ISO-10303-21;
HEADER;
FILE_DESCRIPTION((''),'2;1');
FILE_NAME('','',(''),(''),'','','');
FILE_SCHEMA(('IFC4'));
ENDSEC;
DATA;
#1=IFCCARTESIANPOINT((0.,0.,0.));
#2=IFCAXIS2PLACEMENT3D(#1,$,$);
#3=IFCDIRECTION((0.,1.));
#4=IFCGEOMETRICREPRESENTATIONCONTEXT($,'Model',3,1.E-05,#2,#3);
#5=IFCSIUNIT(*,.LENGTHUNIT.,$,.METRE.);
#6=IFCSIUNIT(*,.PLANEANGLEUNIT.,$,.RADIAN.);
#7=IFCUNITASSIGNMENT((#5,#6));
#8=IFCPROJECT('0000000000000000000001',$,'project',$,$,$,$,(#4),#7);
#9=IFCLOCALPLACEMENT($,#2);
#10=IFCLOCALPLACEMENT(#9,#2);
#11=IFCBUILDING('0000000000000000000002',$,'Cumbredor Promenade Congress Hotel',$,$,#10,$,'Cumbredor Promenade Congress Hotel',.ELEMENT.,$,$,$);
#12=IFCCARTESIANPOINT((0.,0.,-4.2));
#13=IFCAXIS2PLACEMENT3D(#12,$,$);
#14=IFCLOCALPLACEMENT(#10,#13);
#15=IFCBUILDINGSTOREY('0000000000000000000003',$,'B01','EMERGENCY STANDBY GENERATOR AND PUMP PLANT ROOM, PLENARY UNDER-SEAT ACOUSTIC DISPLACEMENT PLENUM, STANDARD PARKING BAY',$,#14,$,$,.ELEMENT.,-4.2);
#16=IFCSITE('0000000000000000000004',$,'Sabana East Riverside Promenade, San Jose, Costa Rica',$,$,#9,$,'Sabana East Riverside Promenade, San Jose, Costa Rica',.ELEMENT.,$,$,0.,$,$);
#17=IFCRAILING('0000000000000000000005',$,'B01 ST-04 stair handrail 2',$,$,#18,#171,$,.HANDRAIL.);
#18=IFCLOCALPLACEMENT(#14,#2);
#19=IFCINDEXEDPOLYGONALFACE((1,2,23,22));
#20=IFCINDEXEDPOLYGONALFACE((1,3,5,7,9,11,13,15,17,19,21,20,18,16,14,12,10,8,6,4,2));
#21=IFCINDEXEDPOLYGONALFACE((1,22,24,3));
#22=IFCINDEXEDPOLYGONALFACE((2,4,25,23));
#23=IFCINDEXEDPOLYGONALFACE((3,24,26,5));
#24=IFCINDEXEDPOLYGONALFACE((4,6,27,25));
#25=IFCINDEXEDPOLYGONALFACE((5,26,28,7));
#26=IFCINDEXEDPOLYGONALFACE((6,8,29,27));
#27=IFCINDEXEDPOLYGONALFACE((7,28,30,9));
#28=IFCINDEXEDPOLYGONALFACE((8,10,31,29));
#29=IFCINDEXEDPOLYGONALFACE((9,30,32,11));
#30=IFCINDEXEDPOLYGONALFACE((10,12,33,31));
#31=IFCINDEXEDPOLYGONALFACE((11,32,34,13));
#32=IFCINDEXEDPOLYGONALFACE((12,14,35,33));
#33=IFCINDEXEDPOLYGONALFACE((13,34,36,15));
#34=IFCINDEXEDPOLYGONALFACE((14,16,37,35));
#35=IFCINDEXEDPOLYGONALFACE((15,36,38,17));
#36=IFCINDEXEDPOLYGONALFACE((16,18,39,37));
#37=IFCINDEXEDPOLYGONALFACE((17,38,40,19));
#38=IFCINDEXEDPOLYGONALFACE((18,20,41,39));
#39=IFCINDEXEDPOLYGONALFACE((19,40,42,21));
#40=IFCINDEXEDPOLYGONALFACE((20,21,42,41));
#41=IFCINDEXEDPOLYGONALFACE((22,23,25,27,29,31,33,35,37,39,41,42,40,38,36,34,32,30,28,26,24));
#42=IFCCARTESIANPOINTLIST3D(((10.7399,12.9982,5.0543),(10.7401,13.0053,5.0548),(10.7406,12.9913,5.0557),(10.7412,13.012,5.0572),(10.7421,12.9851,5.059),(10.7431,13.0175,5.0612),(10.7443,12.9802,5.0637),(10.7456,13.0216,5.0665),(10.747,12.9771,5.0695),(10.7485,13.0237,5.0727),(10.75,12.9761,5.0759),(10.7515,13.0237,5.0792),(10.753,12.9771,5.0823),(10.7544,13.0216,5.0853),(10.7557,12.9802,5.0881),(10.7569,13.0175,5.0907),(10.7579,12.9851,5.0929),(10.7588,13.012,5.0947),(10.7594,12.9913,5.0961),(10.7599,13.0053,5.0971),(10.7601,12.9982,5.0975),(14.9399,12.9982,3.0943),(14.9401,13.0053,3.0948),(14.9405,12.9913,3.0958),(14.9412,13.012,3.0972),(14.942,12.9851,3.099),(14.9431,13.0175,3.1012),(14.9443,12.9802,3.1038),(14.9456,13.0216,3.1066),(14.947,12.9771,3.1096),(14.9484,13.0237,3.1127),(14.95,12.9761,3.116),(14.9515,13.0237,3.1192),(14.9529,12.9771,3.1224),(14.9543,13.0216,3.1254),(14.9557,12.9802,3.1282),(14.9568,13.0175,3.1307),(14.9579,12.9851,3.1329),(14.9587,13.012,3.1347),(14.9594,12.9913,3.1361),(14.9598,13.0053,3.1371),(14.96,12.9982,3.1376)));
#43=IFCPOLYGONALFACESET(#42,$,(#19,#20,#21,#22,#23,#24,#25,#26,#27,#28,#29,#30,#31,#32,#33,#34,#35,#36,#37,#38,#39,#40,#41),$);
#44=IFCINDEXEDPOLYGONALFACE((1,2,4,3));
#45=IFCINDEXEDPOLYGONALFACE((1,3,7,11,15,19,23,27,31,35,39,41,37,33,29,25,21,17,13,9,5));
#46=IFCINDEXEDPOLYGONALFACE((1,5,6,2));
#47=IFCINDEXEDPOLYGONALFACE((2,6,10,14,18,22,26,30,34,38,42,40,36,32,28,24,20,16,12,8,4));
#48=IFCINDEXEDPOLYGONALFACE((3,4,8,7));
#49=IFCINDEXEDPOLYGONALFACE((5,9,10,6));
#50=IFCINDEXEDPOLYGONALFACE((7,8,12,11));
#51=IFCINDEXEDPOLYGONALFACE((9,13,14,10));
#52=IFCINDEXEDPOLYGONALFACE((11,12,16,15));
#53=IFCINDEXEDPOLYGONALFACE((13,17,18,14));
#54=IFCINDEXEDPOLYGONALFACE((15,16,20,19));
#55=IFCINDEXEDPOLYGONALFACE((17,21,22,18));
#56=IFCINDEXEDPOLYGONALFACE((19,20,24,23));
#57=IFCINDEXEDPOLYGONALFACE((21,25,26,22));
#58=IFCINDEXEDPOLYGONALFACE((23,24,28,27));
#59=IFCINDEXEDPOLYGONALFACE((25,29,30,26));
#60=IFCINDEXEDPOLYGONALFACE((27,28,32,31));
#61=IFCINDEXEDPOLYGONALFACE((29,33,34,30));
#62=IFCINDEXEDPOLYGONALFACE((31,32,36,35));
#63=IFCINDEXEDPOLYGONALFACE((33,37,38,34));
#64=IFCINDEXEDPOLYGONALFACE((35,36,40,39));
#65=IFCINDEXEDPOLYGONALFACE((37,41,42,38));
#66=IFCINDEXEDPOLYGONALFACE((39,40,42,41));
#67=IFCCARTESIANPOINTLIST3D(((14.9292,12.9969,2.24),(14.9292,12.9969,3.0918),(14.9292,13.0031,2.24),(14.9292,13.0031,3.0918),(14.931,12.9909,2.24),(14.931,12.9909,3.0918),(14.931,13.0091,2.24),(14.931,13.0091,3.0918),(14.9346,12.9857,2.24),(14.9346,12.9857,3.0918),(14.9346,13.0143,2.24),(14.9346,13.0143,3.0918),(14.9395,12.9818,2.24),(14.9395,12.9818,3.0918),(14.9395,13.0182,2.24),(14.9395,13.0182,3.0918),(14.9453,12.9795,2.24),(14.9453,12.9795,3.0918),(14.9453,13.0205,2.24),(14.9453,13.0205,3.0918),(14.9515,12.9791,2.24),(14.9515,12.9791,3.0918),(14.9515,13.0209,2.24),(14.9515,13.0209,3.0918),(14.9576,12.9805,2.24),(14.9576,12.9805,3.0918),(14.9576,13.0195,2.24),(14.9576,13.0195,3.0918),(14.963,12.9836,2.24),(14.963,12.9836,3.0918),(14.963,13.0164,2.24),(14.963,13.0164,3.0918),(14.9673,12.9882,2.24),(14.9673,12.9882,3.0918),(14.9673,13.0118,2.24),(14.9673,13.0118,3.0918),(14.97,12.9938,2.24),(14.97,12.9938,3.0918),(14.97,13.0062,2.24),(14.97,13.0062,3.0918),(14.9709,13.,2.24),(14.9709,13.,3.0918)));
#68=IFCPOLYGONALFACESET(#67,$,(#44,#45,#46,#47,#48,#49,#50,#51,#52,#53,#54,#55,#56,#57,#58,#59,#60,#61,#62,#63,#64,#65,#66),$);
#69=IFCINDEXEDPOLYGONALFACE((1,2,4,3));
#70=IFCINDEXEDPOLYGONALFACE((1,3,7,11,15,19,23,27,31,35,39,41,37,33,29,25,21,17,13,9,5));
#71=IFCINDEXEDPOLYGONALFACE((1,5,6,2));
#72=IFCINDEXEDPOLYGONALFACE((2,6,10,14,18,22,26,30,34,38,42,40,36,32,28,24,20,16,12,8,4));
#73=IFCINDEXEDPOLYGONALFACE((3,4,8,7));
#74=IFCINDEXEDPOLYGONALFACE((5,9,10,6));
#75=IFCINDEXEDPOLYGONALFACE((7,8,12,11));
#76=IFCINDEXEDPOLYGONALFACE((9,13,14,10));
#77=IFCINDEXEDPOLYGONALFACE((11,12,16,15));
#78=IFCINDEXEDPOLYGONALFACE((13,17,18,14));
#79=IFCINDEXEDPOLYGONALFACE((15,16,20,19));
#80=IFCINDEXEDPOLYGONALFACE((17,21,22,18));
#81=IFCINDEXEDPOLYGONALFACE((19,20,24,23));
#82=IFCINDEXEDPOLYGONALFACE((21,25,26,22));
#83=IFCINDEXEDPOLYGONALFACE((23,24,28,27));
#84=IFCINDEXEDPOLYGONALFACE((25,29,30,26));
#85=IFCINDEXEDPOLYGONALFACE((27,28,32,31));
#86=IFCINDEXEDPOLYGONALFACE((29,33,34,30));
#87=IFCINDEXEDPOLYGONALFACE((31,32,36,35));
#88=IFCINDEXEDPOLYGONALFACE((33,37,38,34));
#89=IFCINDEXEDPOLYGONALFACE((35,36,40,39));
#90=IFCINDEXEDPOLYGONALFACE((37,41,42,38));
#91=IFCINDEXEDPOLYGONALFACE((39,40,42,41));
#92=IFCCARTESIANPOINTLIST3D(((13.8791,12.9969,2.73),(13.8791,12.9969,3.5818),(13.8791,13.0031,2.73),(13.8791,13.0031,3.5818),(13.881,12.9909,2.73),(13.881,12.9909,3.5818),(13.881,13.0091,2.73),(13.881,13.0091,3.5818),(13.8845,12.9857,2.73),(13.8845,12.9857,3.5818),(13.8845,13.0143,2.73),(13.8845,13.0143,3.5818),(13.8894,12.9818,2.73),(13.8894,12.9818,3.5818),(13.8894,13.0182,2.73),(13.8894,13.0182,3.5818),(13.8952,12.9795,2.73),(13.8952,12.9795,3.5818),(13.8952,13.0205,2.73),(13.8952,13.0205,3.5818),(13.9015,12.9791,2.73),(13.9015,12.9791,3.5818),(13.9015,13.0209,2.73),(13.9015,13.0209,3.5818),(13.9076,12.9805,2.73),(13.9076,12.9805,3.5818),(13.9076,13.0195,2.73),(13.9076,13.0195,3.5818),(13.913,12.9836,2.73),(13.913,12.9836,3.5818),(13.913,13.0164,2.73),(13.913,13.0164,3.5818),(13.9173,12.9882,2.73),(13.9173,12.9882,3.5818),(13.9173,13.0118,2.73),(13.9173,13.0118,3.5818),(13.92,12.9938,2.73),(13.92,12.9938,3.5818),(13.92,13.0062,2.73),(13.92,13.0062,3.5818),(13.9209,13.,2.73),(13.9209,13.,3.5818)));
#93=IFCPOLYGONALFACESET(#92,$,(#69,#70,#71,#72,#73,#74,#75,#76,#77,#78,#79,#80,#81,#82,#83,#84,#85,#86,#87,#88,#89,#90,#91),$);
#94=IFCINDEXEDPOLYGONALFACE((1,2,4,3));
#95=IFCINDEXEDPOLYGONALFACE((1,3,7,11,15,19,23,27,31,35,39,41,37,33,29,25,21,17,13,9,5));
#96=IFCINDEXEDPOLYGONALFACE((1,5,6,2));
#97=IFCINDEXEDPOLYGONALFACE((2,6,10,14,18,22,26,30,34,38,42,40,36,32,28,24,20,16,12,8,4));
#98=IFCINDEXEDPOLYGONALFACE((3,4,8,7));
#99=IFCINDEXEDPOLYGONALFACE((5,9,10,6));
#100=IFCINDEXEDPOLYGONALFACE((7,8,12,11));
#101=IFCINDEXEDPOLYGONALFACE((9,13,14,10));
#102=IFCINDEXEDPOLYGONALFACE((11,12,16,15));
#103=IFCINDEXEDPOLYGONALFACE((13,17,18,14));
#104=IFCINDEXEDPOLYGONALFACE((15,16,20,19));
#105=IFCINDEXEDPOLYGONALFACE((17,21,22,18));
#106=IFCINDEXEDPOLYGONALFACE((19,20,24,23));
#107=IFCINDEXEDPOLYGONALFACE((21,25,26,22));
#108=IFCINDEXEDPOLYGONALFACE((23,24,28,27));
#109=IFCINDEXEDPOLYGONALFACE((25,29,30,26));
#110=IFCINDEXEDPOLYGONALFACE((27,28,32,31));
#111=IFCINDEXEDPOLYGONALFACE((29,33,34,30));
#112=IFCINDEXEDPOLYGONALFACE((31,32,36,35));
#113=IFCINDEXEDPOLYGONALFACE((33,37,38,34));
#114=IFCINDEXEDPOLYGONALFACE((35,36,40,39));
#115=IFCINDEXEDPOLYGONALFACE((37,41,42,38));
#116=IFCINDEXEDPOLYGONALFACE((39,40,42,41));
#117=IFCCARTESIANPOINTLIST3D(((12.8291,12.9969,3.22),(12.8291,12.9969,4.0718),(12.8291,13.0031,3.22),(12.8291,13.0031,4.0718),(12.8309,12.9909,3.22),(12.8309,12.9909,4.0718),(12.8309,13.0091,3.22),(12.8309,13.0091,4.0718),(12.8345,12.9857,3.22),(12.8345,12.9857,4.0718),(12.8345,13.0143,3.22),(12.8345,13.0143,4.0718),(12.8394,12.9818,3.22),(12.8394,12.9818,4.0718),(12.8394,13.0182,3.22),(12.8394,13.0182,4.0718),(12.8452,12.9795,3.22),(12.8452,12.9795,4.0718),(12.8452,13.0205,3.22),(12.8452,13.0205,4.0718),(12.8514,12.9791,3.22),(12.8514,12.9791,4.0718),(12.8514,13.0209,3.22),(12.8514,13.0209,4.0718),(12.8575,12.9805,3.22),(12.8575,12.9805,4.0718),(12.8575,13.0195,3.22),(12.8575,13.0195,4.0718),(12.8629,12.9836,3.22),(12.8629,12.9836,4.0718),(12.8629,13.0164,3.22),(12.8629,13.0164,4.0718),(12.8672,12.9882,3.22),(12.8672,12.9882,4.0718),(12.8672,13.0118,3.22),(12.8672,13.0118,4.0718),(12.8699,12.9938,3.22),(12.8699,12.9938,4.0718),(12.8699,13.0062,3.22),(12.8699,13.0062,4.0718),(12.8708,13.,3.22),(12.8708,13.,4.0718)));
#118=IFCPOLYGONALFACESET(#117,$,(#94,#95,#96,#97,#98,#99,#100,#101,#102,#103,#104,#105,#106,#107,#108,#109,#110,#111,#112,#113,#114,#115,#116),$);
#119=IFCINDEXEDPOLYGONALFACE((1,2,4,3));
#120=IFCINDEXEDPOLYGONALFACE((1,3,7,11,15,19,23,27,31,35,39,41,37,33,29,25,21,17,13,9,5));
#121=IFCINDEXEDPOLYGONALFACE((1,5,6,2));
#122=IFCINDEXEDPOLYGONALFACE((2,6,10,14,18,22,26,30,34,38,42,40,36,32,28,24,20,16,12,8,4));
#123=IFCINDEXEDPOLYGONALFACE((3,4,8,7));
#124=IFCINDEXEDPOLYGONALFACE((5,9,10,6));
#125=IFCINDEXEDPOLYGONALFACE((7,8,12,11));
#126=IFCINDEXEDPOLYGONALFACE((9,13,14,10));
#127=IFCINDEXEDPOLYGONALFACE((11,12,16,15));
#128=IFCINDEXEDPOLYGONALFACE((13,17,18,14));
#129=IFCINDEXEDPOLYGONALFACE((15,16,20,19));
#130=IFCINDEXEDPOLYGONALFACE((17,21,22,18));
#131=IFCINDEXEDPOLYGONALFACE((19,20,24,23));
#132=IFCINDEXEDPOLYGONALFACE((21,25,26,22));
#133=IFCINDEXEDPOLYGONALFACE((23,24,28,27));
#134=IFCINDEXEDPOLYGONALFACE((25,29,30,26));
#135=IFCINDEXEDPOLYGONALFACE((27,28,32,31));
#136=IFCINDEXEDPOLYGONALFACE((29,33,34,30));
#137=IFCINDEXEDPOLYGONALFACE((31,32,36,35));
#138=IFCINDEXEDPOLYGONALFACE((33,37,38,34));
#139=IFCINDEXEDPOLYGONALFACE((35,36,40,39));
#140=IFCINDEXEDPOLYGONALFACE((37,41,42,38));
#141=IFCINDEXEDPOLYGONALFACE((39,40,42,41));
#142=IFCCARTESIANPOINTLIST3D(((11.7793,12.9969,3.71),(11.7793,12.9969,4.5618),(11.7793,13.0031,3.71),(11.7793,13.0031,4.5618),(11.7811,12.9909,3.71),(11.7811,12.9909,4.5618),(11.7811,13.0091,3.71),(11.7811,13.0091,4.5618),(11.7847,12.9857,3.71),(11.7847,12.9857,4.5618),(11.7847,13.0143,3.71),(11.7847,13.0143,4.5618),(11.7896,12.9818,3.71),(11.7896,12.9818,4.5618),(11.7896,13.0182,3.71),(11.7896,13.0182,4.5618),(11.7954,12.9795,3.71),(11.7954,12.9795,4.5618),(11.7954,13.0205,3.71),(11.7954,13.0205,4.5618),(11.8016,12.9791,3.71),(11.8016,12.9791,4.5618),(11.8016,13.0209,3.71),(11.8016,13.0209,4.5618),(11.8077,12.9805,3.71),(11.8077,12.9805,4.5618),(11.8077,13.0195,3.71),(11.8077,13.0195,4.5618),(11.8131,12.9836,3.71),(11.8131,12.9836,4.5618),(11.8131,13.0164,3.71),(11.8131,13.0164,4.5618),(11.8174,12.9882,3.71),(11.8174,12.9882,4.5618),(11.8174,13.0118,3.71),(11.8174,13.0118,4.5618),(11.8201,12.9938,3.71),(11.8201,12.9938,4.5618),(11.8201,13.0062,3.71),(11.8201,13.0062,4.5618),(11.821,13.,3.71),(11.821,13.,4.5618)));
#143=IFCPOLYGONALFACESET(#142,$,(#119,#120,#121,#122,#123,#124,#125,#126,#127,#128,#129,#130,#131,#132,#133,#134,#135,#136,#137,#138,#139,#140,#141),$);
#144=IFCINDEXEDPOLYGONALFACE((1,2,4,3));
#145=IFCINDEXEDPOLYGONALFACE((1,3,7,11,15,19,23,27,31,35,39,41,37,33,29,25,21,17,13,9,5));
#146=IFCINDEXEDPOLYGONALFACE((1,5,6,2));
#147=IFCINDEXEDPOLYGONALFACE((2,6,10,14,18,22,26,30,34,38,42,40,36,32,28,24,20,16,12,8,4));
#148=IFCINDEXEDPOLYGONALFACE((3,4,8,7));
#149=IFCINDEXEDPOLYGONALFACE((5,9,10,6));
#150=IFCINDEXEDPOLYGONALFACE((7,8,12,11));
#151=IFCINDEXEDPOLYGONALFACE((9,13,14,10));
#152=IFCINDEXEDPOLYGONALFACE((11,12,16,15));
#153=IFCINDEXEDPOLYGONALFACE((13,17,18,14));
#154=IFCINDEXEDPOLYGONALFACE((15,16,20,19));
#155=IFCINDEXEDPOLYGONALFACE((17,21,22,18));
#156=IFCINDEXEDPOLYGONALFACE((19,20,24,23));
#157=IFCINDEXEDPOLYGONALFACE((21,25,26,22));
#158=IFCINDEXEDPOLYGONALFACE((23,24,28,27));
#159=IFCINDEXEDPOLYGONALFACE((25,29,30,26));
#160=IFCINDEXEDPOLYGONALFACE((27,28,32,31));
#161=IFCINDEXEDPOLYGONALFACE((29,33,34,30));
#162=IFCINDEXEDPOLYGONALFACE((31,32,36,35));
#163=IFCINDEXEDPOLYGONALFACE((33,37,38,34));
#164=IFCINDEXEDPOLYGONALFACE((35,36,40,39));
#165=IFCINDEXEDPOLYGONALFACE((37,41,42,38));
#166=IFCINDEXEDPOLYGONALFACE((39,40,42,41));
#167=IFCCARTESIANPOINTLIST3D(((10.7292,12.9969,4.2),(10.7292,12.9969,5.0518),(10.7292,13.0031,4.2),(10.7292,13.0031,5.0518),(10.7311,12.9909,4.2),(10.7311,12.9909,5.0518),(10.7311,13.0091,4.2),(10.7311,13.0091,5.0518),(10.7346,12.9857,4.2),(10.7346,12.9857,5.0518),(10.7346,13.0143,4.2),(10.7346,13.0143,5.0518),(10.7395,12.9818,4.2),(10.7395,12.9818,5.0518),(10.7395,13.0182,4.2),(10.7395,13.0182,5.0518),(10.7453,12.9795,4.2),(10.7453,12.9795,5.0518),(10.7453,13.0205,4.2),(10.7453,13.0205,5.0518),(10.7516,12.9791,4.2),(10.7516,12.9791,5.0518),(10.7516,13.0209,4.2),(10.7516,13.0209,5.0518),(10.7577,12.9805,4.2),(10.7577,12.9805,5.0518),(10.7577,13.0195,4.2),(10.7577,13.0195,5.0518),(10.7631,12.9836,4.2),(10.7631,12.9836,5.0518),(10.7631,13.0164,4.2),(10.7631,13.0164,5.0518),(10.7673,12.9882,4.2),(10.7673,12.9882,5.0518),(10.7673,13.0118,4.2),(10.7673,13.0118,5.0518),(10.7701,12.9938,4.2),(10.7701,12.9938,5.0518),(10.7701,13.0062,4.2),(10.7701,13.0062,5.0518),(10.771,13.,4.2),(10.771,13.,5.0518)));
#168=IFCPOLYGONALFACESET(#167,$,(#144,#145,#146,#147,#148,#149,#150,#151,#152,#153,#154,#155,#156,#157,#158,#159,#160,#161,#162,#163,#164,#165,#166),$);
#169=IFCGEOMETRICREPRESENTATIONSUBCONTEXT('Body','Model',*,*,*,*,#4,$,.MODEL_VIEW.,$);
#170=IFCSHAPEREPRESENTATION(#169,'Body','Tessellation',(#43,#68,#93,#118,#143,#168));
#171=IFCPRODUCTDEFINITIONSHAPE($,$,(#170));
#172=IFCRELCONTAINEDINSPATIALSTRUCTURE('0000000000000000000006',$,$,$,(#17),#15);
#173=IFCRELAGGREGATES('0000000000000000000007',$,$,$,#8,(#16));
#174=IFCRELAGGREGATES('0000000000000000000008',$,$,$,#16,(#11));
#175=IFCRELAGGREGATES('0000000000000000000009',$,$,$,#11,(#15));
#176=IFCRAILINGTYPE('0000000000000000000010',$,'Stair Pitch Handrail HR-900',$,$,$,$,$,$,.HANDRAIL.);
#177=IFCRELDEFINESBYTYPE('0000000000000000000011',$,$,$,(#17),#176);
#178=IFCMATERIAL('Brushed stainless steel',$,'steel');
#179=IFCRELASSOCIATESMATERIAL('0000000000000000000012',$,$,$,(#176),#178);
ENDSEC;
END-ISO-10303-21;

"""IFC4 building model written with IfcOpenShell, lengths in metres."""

from ifc_helpers import new_model, si_unit, direction, frame, origin, origin_2d, place, context, subcontext, project, spatial, circle, extrude, material, type_object, element, save


model = new_model("IFC4")

# Units and contexts
model_context = context("Model", 3, precision=1e-05, world=origin(), true_north=direction((0.0, 1.0)))
body_context = subcontext(model_context, "Body", "Model", "MODEL_VIEW")
ifc_project = project(units=[si_unit("LENGTHUNIT", "METRE"), si_unit("PLANEANGLEUNIT", "RADIAN")], contexts=[model_context])

# Site, building, storey
site_placement = place(None, origin())
site = spatial("IfcSite", under=ifc_project, at=site_placement, Name="Sabana East Riverside Promenade, San Jose, Costa Rica", LongName="Sabana East Riverside Promenade, San Jose, Costa Rica", CompositionType="ELEMENT", RefElevation=0.0)
building_placement = place(site_placement, origin())
building = spatial("IfcBuilding", under=site, at=building_placement, Name="Cumbredor Promenade Congress Hotel", LongName="Cumbredor Promenade Congress Hotel", CompositionType="ELEMENT")
storey_placement = place(building_placement, frame((0.0, 0.0, -4.2)))
storey = spatial("IfcBuildingStorey", under=building, at=storey_placement, Name="B01", Description="EMERGENCY STANDBY GENERATOR AND PUMP PLANT ROOM, PLENARY UNDER-SEAT ACOUSTIC DISPLACEMENT PLENUM, STANDARD PARKING BAY", CompositionType="ELEMENT", Elevation=-4.2)

# Railing
ifc_material_1 = material(Name="Brushed stainless steel", Category="steel")
railing_type_1 = type_object("IfcRailingType", Name="Stair Pitch Handrail HR-900", PredefinedType="HANDRAIL", material=ifc_material_1)
railing_1_placement = place(storey_placement, frame((14.95, 13.0, 2.24)))
element("IfcRailing", 1, at=railing_1_placement, inside=storey, type_object=railing_type_1, Name="B01 ST-04 stair handrail 2", PredefinedType="HANDRAIL", context=body_context, shape_type="SweptSolid", body=[
    extrude(circle(Radius=0.0239, at=origin_2d()), frame((0.0, 0.0, 0.876), z_axis=(-0.906184, 0.0, 0.422883), x_axis=(0.0, -1.0, 0.0)), (0.0, 0.0, 1.0), 4.6348),
    extrude(circle(Radius=0.021, at=origin_2d()), origin(), (0.0, 0.0, 1.0), 0.8518),
    extrude(circle(Radius=0.021, at=origin_2d()), frame((-1.05, 0.0, 0.49)), (0.0, 0.0, 1.0), 0.8518),
    extrude(circle(Radius=0.021, at=origin_2d()), frame((-2.1001, 0.0, 0.98)), (0.0, 0.0, 1.0), 0.8518),
    extrude(circle(Radius=0.021, at=origin_2d()), frame((-3.1499, 0.0, 1.47)), (0.0, 0.0, 1.0), 0.8518),
    extrude(circle(Radius=0.021, at=origin_2d()), frame((-4.2, 0.0, 1.96)), (0.0, 0.0, 1.0), 0.8518),
])

save(model, "model.ifc")
